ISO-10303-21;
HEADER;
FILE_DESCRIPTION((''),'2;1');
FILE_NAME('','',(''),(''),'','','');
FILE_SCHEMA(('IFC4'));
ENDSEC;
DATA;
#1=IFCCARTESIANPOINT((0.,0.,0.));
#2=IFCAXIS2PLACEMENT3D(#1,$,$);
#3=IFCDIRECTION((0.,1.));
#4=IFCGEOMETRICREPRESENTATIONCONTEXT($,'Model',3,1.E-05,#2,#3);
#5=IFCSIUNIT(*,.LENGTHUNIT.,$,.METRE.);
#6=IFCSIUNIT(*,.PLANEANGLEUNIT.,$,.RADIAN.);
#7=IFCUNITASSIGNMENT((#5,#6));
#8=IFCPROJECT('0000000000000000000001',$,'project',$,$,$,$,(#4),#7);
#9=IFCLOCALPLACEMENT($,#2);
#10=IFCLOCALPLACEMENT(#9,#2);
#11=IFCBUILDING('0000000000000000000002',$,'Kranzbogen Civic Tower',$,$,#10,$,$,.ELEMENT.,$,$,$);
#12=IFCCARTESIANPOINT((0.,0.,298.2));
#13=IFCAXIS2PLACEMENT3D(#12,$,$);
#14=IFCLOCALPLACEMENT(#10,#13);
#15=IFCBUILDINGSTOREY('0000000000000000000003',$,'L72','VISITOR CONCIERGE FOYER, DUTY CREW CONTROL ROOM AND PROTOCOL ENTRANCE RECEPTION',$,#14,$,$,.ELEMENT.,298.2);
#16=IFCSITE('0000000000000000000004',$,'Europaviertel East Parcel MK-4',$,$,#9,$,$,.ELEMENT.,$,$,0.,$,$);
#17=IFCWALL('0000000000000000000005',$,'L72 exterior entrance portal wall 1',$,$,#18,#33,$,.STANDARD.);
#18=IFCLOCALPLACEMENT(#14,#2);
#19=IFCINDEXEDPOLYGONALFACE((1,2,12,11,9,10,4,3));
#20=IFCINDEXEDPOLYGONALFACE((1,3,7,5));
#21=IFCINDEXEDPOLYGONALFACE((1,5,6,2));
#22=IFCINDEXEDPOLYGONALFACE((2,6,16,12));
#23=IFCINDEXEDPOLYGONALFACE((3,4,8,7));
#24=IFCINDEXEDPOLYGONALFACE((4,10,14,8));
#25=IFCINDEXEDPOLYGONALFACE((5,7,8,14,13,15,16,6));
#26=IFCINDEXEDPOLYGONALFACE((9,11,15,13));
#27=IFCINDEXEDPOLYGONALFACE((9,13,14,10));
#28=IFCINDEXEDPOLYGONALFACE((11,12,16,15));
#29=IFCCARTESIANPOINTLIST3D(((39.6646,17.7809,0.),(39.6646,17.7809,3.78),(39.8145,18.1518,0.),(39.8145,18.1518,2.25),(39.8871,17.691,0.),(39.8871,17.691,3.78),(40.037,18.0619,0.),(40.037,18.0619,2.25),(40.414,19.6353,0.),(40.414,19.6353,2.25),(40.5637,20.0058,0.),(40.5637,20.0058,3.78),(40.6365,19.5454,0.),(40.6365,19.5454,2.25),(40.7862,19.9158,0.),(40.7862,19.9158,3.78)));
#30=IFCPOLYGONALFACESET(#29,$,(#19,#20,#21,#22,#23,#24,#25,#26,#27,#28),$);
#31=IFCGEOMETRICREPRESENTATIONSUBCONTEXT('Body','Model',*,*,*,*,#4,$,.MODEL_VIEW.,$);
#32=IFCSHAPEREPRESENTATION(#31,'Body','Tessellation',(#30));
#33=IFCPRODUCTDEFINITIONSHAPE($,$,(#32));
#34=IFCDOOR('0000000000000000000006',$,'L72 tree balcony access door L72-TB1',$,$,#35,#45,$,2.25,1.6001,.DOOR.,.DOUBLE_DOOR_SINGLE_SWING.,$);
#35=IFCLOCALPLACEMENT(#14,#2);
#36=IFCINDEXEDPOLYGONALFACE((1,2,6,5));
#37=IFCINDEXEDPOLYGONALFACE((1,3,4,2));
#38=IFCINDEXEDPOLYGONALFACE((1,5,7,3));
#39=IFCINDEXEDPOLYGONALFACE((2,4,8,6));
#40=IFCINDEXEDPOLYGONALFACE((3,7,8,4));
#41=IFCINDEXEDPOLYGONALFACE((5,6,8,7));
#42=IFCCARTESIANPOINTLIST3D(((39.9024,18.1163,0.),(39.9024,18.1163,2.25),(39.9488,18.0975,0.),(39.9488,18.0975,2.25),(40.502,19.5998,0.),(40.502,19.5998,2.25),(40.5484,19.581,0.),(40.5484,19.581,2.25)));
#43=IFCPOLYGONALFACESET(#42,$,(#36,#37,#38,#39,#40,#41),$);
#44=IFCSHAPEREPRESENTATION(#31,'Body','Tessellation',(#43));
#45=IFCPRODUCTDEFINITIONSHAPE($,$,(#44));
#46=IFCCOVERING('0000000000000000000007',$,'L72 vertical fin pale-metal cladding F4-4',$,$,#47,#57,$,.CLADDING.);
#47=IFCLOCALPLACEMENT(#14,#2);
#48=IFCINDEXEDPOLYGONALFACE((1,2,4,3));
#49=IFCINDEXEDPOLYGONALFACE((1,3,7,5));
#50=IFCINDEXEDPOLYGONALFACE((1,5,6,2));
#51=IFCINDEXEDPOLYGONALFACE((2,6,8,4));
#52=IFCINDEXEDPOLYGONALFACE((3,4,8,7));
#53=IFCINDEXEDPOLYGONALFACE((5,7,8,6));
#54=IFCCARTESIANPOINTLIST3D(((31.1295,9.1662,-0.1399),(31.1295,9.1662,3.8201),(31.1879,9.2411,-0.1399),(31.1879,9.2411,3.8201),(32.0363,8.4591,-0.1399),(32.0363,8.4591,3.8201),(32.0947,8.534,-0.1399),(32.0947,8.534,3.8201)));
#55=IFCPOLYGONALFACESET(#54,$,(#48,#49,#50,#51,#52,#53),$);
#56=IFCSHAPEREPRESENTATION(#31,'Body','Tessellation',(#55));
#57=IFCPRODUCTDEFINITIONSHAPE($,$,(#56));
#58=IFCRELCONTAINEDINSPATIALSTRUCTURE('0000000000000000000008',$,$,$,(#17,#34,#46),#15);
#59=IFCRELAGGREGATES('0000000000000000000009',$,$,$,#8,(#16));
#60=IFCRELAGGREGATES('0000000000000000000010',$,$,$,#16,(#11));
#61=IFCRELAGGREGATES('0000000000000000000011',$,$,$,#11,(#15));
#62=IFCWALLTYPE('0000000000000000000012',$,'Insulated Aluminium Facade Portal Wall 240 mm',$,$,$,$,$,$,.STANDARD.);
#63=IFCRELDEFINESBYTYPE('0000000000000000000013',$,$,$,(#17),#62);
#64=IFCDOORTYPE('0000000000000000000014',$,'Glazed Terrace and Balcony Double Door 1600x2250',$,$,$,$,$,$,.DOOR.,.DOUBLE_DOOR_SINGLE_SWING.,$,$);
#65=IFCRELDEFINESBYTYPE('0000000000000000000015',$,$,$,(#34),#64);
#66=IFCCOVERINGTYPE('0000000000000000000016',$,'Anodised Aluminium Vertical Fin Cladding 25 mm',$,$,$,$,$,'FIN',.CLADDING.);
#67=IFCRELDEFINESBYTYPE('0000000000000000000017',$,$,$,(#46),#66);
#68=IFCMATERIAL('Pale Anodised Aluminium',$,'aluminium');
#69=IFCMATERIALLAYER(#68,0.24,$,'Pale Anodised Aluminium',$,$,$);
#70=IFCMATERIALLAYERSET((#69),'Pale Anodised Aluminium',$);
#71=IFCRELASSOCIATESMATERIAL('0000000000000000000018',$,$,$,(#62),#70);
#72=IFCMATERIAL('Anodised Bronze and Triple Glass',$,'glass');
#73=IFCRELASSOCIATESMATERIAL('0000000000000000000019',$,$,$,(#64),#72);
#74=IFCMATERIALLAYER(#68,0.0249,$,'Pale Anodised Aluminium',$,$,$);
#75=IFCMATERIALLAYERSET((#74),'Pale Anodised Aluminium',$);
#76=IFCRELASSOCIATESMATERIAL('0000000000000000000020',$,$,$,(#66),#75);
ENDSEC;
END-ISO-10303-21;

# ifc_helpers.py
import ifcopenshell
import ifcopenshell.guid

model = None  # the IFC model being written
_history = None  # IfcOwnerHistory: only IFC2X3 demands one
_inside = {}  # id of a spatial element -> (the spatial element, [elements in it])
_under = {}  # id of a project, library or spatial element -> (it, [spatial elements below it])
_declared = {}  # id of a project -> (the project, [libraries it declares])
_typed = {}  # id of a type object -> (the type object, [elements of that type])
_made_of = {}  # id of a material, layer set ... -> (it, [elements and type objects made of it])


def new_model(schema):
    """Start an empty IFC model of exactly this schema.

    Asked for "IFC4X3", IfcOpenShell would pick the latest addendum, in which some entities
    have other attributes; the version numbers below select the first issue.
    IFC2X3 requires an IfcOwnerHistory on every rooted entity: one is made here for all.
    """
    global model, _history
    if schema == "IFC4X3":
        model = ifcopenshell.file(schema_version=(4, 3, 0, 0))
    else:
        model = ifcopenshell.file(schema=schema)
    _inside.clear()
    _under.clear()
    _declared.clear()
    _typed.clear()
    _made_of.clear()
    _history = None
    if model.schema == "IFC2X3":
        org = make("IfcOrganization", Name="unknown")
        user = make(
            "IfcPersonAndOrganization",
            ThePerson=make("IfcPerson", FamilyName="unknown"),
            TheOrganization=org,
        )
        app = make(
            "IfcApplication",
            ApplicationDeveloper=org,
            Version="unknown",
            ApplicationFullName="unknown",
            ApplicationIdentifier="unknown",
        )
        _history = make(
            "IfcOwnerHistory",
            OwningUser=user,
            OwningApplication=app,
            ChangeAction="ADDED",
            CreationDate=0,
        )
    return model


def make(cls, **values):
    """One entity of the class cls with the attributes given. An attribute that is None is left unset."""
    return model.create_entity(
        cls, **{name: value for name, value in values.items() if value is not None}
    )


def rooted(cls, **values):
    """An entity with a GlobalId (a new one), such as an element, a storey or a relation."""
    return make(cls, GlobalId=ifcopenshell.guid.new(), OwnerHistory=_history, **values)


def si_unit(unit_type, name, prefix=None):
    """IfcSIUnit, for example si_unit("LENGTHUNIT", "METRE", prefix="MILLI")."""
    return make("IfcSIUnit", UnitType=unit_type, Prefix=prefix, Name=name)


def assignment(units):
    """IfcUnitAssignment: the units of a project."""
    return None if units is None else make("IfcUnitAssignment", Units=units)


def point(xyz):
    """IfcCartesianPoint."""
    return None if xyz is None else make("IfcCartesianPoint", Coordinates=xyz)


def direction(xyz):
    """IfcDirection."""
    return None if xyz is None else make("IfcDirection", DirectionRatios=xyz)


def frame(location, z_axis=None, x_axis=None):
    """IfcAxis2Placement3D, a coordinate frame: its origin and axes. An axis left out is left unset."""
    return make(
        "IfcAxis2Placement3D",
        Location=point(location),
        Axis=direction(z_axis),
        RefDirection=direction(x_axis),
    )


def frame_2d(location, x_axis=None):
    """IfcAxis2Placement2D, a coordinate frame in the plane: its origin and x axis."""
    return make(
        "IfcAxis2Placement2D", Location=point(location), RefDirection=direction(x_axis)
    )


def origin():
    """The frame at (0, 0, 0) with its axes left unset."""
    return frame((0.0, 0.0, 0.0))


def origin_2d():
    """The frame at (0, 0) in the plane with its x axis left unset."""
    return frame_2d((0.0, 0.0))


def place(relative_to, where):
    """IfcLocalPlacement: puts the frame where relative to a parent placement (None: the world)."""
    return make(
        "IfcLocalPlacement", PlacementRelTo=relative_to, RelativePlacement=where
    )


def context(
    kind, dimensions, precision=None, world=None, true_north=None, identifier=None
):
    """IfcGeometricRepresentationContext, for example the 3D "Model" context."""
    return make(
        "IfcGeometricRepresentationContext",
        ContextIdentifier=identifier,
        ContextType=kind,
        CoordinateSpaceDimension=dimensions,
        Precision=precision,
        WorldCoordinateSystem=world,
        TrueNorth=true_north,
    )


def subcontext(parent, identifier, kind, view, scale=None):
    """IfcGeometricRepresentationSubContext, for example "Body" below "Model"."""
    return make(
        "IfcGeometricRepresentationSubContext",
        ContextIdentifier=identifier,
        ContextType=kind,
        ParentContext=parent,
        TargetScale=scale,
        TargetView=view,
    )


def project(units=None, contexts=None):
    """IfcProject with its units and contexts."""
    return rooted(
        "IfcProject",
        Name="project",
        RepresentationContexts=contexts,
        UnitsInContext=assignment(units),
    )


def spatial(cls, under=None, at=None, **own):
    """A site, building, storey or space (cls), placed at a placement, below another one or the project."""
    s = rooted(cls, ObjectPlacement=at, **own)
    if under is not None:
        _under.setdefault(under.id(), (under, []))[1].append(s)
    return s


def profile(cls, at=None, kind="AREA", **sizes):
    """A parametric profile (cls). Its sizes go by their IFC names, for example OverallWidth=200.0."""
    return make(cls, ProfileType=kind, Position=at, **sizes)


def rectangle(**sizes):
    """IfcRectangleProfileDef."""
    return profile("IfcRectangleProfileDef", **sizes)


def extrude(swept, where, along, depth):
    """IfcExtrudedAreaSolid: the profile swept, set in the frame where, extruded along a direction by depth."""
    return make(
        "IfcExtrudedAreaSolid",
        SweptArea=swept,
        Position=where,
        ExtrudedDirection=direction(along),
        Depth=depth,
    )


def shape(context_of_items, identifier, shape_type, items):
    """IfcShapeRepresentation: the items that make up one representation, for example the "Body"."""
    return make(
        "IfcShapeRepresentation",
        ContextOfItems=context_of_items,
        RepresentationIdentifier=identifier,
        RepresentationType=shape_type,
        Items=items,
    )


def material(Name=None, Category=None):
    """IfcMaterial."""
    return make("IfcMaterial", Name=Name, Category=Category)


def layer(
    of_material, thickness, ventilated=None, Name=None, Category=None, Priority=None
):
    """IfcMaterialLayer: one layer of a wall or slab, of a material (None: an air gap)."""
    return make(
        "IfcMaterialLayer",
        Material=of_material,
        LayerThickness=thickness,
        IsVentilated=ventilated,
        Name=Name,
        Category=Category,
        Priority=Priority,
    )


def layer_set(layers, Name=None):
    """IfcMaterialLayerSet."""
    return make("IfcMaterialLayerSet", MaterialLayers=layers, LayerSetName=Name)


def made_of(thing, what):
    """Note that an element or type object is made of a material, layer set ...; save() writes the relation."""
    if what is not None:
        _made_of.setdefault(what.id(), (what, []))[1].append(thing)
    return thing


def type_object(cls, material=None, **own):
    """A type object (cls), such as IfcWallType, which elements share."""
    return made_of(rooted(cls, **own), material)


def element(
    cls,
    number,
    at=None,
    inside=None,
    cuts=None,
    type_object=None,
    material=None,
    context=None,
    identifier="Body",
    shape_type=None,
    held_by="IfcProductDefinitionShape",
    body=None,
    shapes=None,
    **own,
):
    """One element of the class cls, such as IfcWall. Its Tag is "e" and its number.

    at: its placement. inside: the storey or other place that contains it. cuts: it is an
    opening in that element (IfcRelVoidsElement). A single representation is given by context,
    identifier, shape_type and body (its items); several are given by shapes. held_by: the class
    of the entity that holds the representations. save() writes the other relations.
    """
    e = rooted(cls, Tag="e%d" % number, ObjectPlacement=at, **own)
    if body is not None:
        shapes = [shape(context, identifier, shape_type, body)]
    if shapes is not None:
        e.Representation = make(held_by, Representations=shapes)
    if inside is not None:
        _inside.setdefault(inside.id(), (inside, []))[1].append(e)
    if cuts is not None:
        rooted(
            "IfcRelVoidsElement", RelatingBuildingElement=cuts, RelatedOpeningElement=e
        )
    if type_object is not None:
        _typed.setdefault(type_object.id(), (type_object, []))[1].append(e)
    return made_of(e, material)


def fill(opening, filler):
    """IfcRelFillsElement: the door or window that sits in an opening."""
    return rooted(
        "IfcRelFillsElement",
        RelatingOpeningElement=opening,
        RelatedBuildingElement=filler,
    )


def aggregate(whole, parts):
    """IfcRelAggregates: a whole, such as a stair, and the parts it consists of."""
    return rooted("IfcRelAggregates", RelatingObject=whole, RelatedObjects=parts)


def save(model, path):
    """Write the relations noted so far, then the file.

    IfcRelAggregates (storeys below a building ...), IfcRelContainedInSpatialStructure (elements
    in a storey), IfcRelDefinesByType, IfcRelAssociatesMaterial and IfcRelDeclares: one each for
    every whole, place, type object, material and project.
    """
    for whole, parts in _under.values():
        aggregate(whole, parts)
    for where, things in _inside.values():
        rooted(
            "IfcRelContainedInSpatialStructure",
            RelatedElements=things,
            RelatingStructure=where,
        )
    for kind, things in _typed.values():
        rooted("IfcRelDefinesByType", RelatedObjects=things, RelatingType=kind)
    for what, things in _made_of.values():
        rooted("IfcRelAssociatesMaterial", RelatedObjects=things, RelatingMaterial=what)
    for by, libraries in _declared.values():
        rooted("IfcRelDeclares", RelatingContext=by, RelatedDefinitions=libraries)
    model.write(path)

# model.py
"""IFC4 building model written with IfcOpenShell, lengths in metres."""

from ifc_helpers import new_model, si_unit, direction, frame, frame_2d, origin, origin_2d, place, context, subcontext, project, spatial, rectangle, extrude, material, layer, layer_set, type_object, element, fill, save


model = new_model("IFC4")

# Units and contexts
model_context = context("Model", 3, precision=1e-05, world=origin(), true_north=direction((0.0, 1.0)))
body_context = subcontext(model_context, "Body", "Model", "MODEL_VIEW")
ifc_project = project(units=[si_unit("LENGTHUNIT", "METRE"), si_unit("PLANEANGLEUNIT", "RADIAN")], contexts=[model_context])

# Site, building, storey
site_placement = place(None, origin())
site = spatial("IfcSite", under=ifc_project, at=site_placement, Name="Europaviertel East Parcel MK-4", CompositionType="ELEMENT", RefElevation=0.0)
building_placement = place(site_placement, origin())
building = spatial("IfcBuilding", under=site, at=building_placement, Name="Kranzbogen Civic Tower", CompositionType="ELEMENT")
storey_placement = place(building_placement, frame((0.0, 0.0, 298.2)))
storey = spatial("IfcBuildingStorey", under=building, at=storey_placement, Name="L72", Description="VISITOR CONCIERGE FOYER, DUTY CREW CONTROL ROOM AND PROTOCOL ENTRANCE RECEPTION", CompositionType="ELEMENT", Elevation=298.2)

# Shared definitions
ifc_material_1 = material(Name="Pale Anodised Aluminium", Category="aluminium")

# Shared definitions
ifc_layer_1 = layer(ifc_material_1, 0.24, Name="Pale Anodised Aluminium")
ifc_layer_set_1 = layer_set([ifc_layer_1], Name="Pale Anodised Aluminium")
wall_type_1 = type_object("IfcWallType", Name="Insulated Aluminium Facade Portal Wall 240 mm", PredefinedType="STANDARD", material=ifc_layer_set_1)

# Wall, opening, door
wall_1_placement = place(storey_placement, frame((39.7759, 17.7361, 0.0), z_axis=(0.0, 0.0, 1.0), x_axis=(0.374704, 0.927145, 0.0)))
wall_1 = element("IfcWall", 1, at=wall_1_placement, inside=storey, type_object=wall_type_1, Name="L72 exterior entrance portal wall 1", PredefinedType="STANDARD", context=body_context, shape_type="SweptSolid", body=[
    extrude(rectangle(XDim=2.3997, YDim=0.24, at=frame_2d((1.1997, 0.0))), origin(), (0.0, 0.0, 1.0), 3.78),
])
opening_1_placement = place(wall_1_placement, frame((0.3999, 0.0, 0.0)))
opening_1 = element("IfcOpeningElement", 2, at=opening_1_placement, cuts=wall_1, PredefinedType="OPENING", context=body_context, shape_type="SweptSolid", body=[
    extrude(rectangle(XDim=1.6001, YDim=2.25, at=frame_2d((0.8, 1.125))), frame((0.0, 0.1299, 0.0), z_axis=(0.0, -1.0, 0.0), x_axis=(1.0, 0.0, 0.0)), (0.0, 0.0, 1.0), 0.26),
])
ifc_material_2 = material(Name="Anodised Bronze and Triple Glass", Category="glass")
door_type_1 = type_object("IfcDoorType", Name="Glazed Terrace and Balcony Double Door 1600x2250", OperationType="DOUBLE_DOOR_SINGLE_SWING", PredefinedType="DOOR", material=ifc_material_2)
door_1_placement = place(opening_1_placement, frame((1.6001, 0.0, 0.0), z_axis=(0.0, 0.0, 1.0), x_axis=(-1.0, 0.0, 0.0)))
door_1 = element("IfcDoor", 3, at=door_1_placement, inside=storey, type_object=door_type_1, Name="L72 tree balcony access door L72-TB1", OperationType="DOUBLE_DOOR_SINGLE_SWING", OverallHeight=2.25, OverallWidth=1.6001, PredefinedType="DOOR", context=body_context, shape_type="SweptSolid", body=[
    extrude(rectangle(XDim=1.6001, YDim=2.25, at=frame_2d((0.8, 1.125))), frame((0.0, 0.0249, 0.0), z_axis=(0.0, -1.0, 0.0), x_axis=(1.0, 0.0, 0.0)), (0.0, 0.0, 1.0), 0.05),
])
fill(opening_1, door_1)

# Covering
ifc_layer_2 = layer(ifc_material_1, 0.0249, Name="Pale Anodised Aluminium")
ifc_layer_set_2 = layer_set([ifc_layer_2], Name="Pale Anodised Aluminium")
covering_type = type_object("IfcCoveringType", Name="Anodised Aluminium Vertical Fin Cladding 25 mm", ElementType="FIN", PredefinedType="CLADDING", material=ifc_layer_set_2)
covering_placement = place(storey_placement, frame((31.6121, 8.8501, -0.1399), z_axis=(0.0, 0.0, 1.0), x_axis=(0.788601, -0.614905, 0.0)))
element("IfcCovering", 4, at=covering_placement, inside=storey, type_object=covering_type, Name="L72 vertical fin pale-metal cladding F4-4", PredefinedType="CLADDING", context=body_context, shape_type="SweptSolid", body=[
    extrude(rectangle(XDim=1.1499, YDim=0.095, at=origin_2d()), origin(), (0.0, 0.0, 1.0), 3.96),
])

save(model, "model.ifc")
